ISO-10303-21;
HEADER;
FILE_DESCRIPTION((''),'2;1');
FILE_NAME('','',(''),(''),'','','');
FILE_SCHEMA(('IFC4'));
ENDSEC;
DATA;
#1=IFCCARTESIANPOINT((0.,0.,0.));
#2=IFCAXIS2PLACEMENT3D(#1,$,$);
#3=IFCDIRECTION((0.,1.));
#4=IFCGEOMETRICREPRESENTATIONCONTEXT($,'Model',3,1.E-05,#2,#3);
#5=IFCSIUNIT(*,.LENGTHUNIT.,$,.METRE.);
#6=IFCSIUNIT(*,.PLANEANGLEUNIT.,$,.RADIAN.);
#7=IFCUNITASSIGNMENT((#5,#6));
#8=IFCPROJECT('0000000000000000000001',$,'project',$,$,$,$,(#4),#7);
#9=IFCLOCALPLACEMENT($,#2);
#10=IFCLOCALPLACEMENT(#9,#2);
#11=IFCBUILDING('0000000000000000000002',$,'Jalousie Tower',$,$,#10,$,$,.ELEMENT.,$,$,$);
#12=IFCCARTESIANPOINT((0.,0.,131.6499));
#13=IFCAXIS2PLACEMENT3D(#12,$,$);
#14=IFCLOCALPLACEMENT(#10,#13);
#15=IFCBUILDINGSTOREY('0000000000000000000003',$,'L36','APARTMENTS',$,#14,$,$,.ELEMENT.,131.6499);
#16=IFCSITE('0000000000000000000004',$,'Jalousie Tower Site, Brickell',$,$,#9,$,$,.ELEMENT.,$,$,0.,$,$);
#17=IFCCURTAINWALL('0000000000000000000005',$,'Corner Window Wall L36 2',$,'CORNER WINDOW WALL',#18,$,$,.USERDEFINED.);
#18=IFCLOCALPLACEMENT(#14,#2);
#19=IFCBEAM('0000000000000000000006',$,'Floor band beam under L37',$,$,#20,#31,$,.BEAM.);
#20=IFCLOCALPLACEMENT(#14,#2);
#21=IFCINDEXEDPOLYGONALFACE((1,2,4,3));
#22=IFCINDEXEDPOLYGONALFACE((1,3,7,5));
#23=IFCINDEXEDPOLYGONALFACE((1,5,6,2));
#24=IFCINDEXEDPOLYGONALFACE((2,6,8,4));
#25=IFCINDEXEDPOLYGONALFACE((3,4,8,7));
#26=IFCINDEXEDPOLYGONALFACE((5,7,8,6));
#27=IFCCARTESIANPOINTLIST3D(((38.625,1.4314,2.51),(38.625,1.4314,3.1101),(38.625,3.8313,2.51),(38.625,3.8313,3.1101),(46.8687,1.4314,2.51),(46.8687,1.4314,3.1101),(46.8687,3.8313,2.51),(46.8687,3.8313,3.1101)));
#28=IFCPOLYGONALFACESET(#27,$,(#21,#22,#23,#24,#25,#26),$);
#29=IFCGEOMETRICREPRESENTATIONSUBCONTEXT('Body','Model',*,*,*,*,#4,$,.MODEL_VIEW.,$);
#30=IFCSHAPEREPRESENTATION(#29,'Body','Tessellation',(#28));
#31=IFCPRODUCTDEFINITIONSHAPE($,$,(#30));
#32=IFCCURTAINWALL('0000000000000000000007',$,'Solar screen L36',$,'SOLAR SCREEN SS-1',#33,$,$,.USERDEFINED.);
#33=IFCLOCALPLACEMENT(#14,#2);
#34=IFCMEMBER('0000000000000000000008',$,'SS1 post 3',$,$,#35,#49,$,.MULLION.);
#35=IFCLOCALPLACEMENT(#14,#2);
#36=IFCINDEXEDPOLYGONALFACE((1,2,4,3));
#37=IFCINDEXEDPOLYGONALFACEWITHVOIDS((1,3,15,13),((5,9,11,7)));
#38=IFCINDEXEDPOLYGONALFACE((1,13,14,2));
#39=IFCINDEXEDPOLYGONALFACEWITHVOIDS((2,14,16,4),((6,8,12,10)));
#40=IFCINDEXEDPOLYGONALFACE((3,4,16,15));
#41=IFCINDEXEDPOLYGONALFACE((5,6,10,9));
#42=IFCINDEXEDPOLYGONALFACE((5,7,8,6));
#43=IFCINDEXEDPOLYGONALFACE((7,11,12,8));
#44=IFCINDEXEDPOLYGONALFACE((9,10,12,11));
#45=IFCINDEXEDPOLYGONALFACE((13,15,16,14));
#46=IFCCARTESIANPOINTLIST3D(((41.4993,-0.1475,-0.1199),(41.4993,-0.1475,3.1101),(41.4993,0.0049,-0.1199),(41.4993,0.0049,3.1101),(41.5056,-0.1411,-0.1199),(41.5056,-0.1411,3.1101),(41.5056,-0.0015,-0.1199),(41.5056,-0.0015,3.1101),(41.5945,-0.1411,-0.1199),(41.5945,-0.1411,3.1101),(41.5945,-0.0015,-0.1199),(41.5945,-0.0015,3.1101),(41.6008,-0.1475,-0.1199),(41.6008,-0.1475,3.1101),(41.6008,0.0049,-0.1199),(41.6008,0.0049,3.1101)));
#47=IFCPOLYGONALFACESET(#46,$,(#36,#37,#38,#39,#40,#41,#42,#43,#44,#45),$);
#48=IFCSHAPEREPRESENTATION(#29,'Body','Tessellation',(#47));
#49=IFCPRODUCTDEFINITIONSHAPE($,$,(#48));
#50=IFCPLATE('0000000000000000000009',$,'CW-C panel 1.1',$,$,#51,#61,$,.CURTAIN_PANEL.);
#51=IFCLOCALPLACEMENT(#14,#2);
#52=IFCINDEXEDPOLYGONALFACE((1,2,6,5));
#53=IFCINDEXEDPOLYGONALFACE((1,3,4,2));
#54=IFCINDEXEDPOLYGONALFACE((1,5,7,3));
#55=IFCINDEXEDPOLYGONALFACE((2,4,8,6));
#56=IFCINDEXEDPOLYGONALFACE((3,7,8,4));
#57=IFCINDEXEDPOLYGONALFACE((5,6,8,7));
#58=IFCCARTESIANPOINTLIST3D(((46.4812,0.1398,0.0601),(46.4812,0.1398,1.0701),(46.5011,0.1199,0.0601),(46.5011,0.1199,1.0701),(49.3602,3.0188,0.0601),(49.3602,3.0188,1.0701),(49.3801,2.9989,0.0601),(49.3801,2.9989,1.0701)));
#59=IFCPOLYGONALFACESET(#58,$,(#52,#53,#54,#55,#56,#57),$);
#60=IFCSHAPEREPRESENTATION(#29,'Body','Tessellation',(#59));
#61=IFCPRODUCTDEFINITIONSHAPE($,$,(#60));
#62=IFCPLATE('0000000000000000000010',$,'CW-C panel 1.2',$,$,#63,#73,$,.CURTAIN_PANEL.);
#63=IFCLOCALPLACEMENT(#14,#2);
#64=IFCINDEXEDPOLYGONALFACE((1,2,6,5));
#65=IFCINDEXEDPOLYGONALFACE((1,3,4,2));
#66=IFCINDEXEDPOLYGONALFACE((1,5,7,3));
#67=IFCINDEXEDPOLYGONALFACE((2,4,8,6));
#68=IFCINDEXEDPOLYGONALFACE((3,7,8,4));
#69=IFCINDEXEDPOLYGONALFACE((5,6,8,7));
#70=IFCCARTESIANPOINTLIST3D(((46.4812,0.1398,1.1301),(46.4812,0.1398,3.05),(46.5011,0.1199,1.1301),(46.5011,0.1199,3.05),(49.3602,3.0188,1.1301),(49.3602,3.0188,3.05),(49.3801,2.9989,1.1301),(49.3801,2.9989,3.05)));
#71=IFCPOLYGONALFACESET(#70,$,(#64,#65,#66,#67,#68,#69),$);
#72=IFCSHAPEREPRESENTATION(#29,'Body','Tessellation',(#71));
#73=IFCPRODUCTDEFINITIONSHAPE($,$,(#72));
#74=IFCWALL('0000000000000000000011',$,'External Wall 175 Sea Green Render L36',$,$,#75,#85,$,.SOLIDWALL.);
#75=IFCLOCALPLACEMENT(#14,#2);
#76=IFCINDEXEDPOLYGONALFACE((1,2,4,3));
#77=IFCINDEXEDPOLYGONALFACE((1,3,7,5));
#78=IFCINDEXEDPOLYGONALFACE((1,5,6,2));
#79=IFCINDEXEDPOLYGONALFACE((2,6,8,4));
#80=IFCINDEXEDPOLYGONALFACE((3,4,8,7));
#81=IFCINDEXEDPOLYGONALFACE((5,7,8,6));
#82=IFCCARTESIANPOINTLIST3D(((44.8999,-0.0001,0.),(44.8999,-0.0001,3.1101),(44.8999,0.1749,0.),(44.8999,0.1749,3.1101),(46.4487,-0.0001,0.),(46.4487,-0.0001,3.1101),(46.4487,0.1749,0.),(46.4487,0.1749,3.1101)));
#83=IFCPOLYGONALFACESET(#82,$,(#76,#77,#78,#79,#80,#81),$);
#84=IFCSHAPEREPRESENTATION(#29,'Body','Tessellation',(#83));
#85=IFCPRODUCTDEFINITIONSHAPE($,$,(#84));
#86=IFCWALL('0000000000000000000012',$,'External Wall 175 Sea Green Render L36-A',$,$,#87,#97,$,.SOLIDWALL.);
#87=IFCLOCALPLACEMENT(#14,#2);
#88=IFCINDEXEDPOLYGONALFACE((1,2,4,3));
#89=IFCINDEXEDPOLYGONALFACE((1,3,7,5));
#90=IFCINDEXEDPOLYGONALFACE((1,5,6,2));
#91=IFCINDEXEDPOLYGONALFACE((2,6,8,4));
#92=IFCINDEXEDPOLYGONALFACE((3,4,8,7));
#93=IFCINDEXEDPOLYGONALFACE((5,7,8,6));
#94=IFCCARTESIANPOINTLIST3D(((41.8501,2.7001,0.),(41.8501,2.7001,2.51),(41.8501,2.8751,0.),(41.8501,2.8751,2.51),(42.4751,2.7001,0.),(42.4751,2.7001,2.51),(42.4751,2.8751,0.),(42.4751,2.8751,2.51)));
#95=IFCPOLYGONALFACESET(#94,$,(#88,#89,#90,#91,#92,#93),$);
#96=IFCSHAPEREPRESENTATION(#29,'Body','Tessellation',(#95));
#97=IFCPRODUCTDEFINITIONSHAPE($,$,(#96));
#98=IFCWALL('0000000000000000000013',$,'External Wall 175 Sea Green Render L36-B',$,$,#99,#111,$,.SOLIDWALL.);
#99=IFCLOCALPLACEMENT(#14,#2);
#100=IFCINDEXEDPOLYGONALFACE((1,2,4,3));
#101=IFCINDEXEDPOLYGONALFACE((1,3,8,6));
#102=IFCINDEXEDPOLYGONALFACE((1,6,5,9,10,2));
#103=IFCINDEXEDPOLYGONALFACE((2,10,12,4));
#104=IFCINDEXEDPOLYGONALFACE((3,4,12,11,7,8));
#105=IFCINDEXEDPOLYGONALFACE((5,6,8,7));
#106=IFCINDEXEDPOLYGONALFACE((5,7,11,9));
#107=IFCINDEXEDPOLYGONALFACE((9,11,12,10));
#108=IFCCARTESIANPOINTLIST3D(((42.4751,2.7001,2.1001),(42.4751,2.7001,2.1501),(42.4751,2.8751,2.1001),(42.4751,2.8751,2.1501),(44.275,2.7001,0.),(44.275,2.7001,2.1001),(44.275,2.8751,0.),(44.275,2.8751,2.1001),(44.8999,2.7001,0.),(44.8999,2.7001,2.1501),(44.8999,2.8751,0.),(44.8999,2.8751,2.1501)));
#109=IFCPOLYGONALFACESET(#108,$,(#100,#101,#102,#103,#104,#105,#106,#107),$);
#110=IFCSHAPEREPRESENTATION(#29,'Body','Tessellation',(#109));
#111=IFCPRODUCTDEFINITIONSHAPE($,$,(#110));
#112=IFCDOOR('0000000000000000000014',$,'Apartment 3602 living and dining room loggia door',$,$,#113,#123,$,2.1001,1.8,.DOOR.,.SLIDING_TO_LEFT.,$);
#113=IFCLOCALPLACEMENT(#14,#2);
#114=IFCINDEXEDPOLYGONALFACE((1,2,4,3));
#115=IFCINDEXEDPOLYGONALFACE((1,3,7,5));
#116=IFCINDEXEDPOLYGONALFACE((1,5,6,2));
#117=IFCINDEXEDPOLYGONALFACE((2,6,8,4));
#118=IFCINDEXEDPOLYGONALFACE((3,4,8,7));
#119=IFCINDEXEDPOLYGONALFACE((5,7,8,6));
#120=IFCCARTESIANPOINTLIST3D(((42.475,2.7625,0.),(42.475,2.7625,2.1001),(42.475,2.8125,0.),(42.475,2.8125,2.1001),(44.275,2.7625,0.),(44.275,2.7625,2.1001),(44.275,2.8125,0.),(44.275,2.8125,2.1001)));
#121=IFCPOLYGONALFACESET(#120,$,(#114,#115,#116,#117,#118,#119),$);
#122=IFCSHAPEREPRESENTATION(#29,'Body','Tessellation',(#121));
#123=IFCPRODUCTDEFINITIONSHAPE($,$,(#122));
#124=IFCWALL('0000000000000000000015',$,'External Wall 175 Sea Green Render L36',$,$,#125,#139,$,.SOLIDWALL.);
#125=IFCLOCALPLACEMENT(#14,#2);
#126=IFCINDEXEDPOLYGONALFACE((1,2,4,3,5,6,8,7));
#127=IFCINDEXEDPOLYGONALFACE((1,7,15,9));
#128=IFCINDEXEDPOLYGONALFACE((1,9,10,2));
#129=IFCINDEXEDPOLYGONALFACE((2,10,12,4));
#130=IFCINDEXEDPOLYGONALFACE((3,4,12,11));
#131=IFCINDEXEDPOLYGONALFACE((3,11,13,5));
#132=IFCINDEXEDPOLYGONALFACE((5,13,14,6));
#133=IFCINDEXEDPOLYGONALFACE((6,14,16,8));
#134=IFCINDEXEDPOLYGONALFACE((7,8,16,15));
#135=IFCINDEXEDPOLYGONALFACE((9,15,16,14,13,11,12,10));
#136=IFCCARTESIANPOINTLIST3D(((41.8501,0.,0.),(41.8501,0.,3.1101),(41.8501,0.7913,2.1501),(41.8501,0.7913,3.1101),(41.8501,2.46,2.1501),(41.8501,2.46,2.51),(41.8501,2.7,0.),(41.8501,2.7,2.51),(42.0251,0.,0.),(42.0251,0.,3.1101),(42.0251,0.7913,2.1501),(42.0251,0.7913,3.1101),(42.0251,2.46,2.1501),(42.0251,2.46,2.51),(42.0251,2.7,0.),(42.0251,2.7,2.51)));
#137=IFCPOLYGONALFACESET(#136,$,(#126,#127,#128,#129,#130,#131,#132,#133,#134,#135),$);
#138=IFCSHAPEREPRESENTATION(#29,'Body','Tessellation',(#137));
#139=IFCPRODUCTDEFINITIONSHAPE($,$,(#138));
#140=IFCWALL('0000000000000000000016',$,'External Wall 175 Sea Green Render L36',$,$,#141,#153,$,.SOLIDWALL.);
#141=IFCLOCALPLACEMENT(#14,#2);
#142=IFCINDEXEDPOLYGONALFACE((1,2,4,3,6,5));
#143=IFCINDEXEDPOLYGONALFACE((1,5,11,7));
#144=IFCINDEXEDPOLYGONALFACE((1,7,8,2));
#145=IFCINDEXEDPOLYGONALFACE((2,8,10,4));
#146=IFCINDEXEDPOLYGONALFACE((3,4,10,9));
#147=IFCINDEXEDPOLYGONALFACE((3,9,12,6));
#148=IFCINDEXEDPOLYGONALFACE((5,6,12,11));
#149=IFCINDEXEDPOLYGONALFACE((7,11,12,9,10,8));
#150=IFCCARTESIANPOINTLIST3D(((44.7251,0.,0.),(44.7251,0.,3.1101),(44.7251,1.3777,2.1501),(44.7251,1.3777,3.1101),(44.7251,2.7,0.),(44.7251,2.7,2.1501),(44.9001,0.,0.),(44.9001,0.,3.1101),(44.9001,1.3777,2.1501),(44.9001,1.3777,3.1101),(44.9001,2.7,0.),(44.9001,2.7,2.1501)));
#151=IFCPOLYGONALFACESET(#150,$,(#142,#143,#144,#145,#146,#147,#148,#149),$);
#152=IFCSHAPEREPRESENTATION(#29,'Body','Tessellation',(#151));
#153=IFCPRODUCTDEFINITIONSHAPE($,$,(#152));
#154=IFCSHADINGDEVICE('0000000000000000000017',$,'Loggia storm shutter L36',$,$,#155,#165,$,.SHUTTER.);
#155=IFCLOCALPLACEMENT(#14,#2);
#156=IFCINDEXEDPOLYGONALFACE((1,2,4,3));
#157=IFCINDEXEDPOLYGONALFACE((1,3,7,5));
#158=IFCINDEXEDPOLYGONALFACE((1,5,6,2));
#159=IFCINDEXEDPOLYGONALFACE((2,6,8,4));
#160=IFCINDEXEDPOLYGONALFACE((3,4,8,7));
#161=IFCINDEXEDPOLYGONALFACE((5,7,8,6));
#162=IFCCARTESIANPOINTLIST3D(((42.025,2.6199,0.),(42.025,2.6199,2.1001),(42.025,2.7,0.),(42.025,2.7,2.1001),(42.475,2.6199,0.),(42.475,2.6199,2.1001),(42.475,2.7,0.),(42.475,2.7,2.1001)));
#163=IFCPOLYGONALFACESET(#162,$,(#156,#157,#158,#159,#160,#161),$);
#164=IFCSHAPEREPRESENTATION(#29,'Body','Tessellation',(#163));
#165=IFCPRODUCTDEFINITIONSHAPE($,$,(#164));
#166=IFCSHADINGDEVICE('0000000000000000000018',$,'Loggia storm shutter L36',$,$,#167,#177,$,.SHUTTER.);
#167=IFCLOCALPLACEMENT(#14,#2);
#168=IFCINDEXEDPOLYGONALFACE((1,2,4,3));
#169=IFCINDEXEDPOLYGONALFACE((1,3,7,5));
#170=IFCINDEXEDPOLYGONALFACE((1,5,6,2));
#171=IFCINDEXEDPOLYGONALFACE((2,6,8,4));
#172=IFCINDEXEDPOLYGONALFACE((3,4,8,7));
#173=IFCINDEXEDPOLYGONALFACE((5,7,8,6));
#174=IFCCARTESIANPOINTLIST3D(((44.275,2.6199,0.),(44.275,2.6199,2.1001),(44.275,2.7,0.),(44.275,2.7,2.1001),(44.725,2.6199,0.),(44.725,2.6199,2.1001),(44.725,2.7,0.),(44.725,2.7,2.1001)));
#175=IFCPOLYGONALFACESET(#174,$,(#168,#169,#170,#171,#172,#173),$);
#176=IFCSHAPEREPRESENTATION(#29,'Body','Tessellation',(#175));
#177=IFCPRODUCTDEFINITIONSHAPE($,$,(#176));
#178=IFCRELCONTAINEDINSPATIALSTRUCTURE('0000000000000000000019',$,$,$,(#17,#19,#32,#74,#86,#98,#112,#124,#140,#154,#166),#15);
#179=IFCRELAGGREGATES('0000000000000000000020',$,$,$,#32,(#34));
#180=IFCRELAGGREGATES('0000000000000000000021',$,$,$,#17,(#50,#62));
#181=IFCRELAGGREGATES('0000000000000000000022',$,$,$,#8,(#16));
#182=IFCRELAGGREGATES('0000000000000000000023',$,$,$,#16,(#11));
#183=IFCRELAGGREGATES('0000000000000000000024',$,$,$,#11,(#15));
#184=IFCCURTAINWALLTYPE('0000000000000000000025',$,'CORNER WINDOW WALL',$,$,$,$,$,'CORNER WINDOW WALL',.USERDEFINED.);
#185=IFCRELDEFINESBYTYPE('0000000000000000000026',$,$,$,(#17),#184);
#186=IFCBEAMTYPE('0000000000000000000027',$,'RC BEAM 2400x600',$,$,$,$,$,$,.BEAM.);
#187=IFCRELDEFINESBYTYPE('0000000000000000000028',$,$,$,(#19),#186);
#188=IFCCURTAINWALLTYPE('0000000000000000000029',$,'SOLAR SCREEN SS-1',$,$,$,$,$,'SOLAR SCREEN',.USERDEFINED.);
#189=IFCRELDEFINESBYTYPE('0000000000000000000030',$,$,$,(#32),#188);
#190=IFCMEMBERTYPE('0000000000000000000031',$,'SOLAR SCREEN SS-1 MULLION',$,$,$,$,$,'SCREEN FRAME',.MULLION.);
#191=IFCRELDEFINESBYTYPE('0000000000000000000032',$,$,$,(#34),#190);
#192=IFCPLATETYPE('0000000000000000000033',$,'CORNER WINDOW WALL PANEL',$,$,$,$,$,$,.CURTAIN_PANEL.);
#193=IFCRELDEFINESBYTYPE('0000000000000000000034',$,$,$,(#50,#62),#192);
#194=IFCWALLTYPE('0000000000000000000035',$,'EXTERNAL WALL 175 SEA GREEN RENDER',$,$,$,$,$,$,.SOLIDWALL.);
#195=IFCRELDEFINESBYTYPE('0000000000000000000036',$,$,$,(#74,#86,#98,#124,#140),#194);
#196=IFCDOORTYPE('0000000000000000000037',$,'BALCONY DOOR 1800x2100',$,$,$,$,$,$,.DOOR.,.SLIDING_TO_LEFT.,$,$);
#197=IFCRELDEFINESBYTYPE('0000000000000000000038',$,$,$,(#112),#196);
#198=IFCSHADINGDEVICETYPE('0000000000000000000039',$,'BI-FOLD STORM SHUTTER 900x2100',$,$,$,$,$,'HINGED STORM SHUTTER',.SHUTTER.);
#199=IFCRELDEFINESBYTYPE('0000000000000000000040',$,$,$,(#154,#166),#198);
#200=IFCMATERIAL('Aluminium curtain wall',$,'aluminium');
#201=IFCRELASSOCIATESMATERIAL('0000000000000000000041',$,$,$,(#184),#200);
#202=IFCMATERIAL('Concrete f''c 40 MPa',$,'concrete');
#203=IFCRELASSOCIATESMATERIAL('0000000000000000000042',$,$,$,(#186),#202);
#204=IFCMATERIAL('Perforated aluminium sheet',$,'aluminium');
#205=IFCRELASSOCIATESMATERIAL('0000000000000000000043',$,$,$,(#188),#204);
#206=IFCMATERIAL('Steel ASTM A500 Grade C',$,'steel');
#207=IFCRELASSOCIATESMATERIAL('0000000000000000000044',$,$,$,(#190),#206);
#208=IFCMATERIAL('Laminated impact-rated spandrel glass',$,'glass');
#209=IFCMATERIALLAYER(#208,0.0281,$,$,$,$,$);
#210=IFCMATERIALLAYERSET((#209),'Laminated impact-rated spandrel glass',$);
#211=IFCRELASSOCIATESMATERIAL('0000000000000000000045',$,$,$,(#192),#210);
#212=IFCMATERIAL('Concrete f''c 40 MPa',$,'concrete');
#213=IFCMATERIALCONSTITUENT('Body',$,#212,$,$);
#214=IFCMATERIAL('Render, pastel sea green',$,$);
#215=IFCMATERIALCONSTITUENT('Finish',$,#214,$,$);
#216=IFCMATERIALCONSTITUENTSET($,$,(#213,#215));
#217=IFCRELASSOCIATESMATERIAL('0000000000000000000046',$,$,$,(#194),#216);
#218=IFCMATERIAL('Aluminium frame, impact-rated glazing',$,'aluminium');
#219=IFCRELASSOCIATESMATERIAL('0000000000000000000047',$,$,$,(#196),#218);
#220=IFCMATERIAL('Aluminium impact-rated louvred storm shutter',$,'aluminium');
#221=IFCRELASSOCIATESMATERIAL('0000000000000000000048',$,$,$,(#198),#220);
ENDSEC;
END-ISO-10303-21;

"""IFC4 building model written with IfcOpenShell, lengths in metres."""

from ifc_helpers import new_model, si_unit, direction, frame, frame_2d, origin, origin_2d, place, context, subcontext, project, spatial, polyline, rectangle, hollow_rectangle, outline, extrude, material, layer, layer_set, constituent, constituent_set, material_profile, profile_set, type_object, element, fill, aggregate, save


model = new_model("IFC4")

# Units and contexts
model_context = context("Model", 3, precision=1e-05, world=origin(), true_north=direction((0.0, 1.0)))
body_context = subcontext(model_context, "Body", "Model", "MODEL_VIEW")
ifc_project = project(units=[si_unit("LENGTHUNIT", "METRE"), si_unit("PLANEANGLEUNIT", "RADIAN")], contexts=[model_context])

# Site, building, storey
site_placement = place(None, origin())
site = spatial("IfcSite", under=ifc_project, at=site_placement, Name="Jalousie Tower Site, Brickell", CompositionType="ELEMENT", RefElevation=0.0)
building_placement = place(site_placement, origin())
building = spatial("IfcBuilding", under=site, at=building_placement, Name="Jalousie Tower", CompositionType="ELEMENT")
storey_placement = place(building_placement, frame((0.0, 0.0, 131.6499)))
storey = spatial("IfcBuildingStorey", under=building, at=storey_placement, Name="L36", Description="APARTMENTS", CompositionType="ELEMENT", Elevation=131.6499)

# Curtain wall
ifc_material_1 = material(Name="Aluminium curtain wall", Category="aluminium")
curtain_wall_type_1 = type_object("IfcCurtainWallType", Name="CORNER WINDOW WALL", ElementType="CORNER WINDOW WALL", PredefinedType="USERDEFINED", material=ifc_material_1)
curtain_wall_1_placement = place(storey_placement, origin())
curtain_wall_1 = element("IfcCurtainWall", 1, at=curtain_wall_1_placement, inside=storey, type_object=curtain_wall_type_1, Name="Corner Window Wall L36 2", ObjectType="CORNER WINDOW WALL", PredefinedType="USERDEFINED")

# Beam
ifc_material_2 = material(Name="Concrete f'c 40 MPa", Category="concrete")
ifc_material_profile_1 = material_profile(ifc_material_2, rectangle(XDim=2.3999, YDim=0.6001, at=origin_2d()), Name="RC 2400x600")
ifc_profile_set_1 = profile_set([ifc_material_profile_1], Name="Concrete f'c 40 MPa")
beam_type_1 = type_object("IfcBeamType", Name="RC BEAM 2400x600", PredefinedType="BEAM", material=ifc_profile_set_1)
beam_1_placement = place(storey_placement, frame((46.8687, 2.6313, 2.8101), z_axis=(-1.0, 0.0, 0.0), x_axis=(0.0, -1.0, 0.0)))
element("IfcBeam", 2, at=beam_1_placement, inside=storey, type_object=beam_type_1, Name="Floor band beam under L37", PredefinedType="BEAM", context=body_context, shape_type="SweptSolid", body=[
    extrude(rectangle(XDim=2.3999, YDim=0.6001, at=origin_2d()), origin(), (0.0, 0.0, 1.0), 8.2437),
])

# Curtain wall, member
ifc_material_3 = material(Name="Perforated aluminium sheet", Category="aluminium")
curtain_wall_type_2 = type_object("IfcCurtainWallType", Name="SOLAR SCREEN SS-1", ElementType="SOLAR SCREEN", PredefinedType="USERDEFINED", material=ifc_material_3)
curtain_wall_2_placement = place(storey_placement, origin())
curtain_wall_2 = element("IfcCurtainWall", 3, at=curtain_wall_2_placement, inside=storey, type_object=curtain_wall_type_2, Name="Solar screen L36", ObjectType="SOLAR SCREEN SS-1", PredefinedType="USERDEFINED")
ifc_material_4 = material(Name="Steel ASTM A500 Grade C", Category="steel")
ifc_material_profile_2 = material_profile(ifc_material_4, hollow_rectangle(XDim=0.1016, YDim=0.1523, WallThickness=0.0063, at=origin_2d()), Name="HSS6X4X1/4")
ifc_profile_set_2 = profile_set([ifc_material_profile_2], Name="Steel ASTM A500 Grade C")
member_type_1 = type_object("IfcMemberType", Name="SOLAR SCREEN SS-1 MULLION", ElementType="SCREEN FRAME", PredefinedType="MULLION", material=ifc_profile_set_2)
member_1_placement = place(storey_placement, frame((41.55, -0.0713, -0.1199), z_axis=(0.0, 0.0, 1.0), x_axis=(1.0, 0.0, 0.0)))
member_1 = element("IfcMember", 4, at=member_1_placement, type_object=member_type_1, Name="SS1 post 3", PredefinedType="MULLION", context=body_context, shape_type="SweptSolid", body=[
    extrude(hollow_rectangle(XDim=0.1016, YDim=0.1523, WallThickness=0.0063, at=origin_2d()), origin(), (0.0, 0.0, 1.0), 3.23),
])
aggregate(curtain_wall_2, [member_1])

# Plates
ifc_material_5 = material(Name="Laminated impact-rated spandrel glass", Category="glass")
ifc_layer_1 = layer(ifc_material_5, 0.0281)
ifc_layer_set_1 = layer_set([ifc_layer_1], Name="Laminated impact-rated spandrel glass")
plate_type = type_object("IfcPlateType", Name="CORNER WINDOW WALL PANEL", PredefinedType="CURTAIN_PANEL", material=ifc_layer_set_1)
plate_1_placement = place(storey_placement, frame((47.9307, 1.5693, 0.0601), z_axis=(0.0, 0.0, 1.0), x_axis=(0.707107, 0.707107, 0.0)))
plate_1 = element("IfcPlate", 5, at=plate_1_placement, type_object=plate_type, Name="CW-C panel 1.1", PredefinedType="CURTAIN_PANEL", context=body_context, shape_type="SweptSolid", body=[
    extrude(rectangle(XDim=4.0715, YDim=0.0281, at=origin_2d()), origin(), (0.0, 0.0, 1.0), 1.01),
])
plate_2_placement = place(storey_placement, frame((47.9307, 1.5693, 1.1301), z_axis=(0.0, 0.0, 1.0), x_axis=(0.707107, 0.707107, 0.0)))
plate_2 = element("IfcPlate", 6, at=plate_2_placement, type_object=plate_type, Name="CW-C panel 1.2", PredefinedType="CURTAIN_PANEL", context=body_context, shape_type="SweptSolid", body=[
    extrude(rectangle(XDim=4.0715, YDim=0.0281, at=origin_2d()), origin(), (0.0, 0.0, 1.0), 1.9199),
])
aggregate(curtain_wall_1, [plate_1, plate_2])

# Walls
ifc_material_6 = material(Name="Concrete f'c 40 MPa", Category="concrete")
ifc_constituent_1 = constituent(ifc_material_6, Name="Body")
ifc_material_7 = material(Name="Render, pastel sea green")
ifc_constituent_2 = constituent(ifc_material_7, Name="Finish")
ifc_constituent_set = constituent_set(constituents=[ifc_constituent_1, ifc_constituent_2])
wall_type = type_object("IfcWallType", Name="EXTERNAL WALL 175 SEA GREEN RENDER", PredefinedType="SOLIDWALL", material=ifc_constituent_set)
wall_1_placement = place(storey_placement, frame((44.8999, 0.0874, 0.0), z_axis=(0.0, 0.0, 1.0), x_axis=(1.0, 0.0, 0.0)))
element("IfcWall", 7, at=wall_1_placement, inside=storey, type_object=wall_type, Name="External Wall 175 Sea Green Render L36", PredefinedType="SOLIDWALL", context=body_context, shape_type="SweptSolid", body=[
    extrude(rectangle(XDim=1.5488, YDim=0.175, at=frame_2d((0.7744, 0.0))), origin(), (0.0, 0.0, 1.0), 3.1101),
])
wall_2_placement = place(storey_placement, frame((41.8501, 2.7876, 0.0), z_axis=(0.0, 0.0, 1.0), x_axis=(1.0, 0.0, 0.0)))
element("IfcWall", 8, at=wall_2_placement, inside=storey, type_object=wall_type, Name="External Wall 175 Sea Green Render L36-A", PredefinedType="SOLIDWALL", context=body_context, shape_type="SweptSolid", body=[
    extrude(rectangle(XDim=0.625, YDim=0.175, at=frame_2d((0.3125, 0.0))), origin(), (0.0, 0.0, 1.0), 2.51),
])

# Wall, opening, door
wall_3_placement = place(storey_placement, frame((42.4751, 2.7876, 0.0), z_axis=(0.0, 0.0, 1.0), x_axis=(1.0, 0.0, 0.0)))
wall_3 = element("IfcWall", 9, at=wall_3_placement, inside=storey, type_object=wall_type, Name="External Wall 175 Sea Green Render L36-B", PredefinedType="SOLIDWALL", context=body_context, shape_type="SweptSolid", body=[
    extrude(rectangle(XDim=2.4248, YDim=0.175, at=frame_2d((1.2124, 0.0))), origin(), (0.0, 0.0, 1.0), 2.1501),
])
opening_placement = place(wall_3_placement, origin())
opening = element("IfcOpeningElement", 10, at=opening_placement, cuts=wall_3, PredefinedType="OPENING", context=body_context, shape_type="SweptSolid", body=[
    extrude(rectangle(XDim=1.8, YDim=2.1001, at=frame_2d((0.8999, 1.05))), frame((0.0, 0.0974, 0.0), z_axis=(0.0, -1.0, 0.0), x_axis=(1.0, 0.0, 0.0)), (0.0, 0.0, 1.0), 0.1951),
])
ifc_material_8 = material(Name="Aluminium frame, impact-rated glazing", Category="aluminium")
door_type = type_object("IfcDoorType", Name="BALCONY DOOR 1800x2100", OperationType="SLIDING_TO_LEFT", PredefinedType="DOOR", material=ifc_material_8)
door_placement = place(opening_placement, origin())
door = element("IfcDoor", 11, at=door_placement, inside=storey, type_object=door_type, Name="Apartment 3602 living and dining room loggia door", OperationType="SLIDING_TO_LEFT", OverallHeight=2.1001, OverallWidth=1.8, PredefinedType="DOOR", context=body_context, shape_type="SweptSolid", body=[
    extrude(rectangle(XDim=1.8, YDim=2.1001, at=frame_2d((0.8999, 1.05))), frame((0.0, 0.0249, 0.0), z_axis=(0.0, -1.0, 0.0), x_axis=(1.0, 0.0, 0.0)), (0.0, 0.0, 1.0), 0.05),
])
fill(opening, door)

# Walls
wall_4_placement = place(storey_placement, frame((41.9375, 0.0, 0.0), z_axis=(0.0, 0.0, 1.0), x_axis=(0.0, 1.0, 0.0)))
element("IfcWall", 12, at=wall_4_placement, inside=storey, type_object=wall_type, Name="External Wall 175 Sea Green Render L36", PredefinedType="SOLIDWALL", context=body_context, shape_type="SweptSolid", body=[
    extrude(outline(polyline([(0.0, 0.0), (2.7, 0.0), (2.7, 2.51), (2.46, 2.51), (2.46, 2.1501), (0.7913, 2.1501), (0.7913, 3.1101), (0.0, 3.1101), (0.0, 0.0)])), frame((0.0, 0.0874, 0.0), z_axis=(0.0, -1.0, 0.0), x_axis=(1.0, 0.0, 0.0)), (0.0, 0.0, 1.0), 0.175),
])
wall_5_placement = place(storey_placement, frame((44.8125, 0.0, 0.0), z_axis=(0.0, 0.0, 1.0), x_axis=(0.0, 1.0, 0.0)))
element("IfcWall", 13, at=wall_5_placement, inside=storey, type_object=wall_type, Name="External Wall 175 Sea Green Render L36", PredefinedType="SOLIDWALL", context=body_context, shape_type="SweptSolid", body=[
    extrude(outline(polyline([(0.0, 0.0), (2.7, 0.0), (2.7, 2.1501), (1.3777, 2.1501), (1.3777, 3.1101), (0.0, 3.1101), (0.0, 0.0)])), frame((0.0, 0.0874, 0.0), z_axis=(0.0, -1.0, 0.0), x_axis=(1.0, 0.0, 0.0)), (0.0, 0.0, 1.0), 0.175),
])

# Shading devices
ifc_material_9 = material(Name="Aluminium impact-rated louvred storm shutter", Category="aluminium")
shading_device_type_1 = type_object("IfcShadingDeviceType", Name="BI-FOLD STORM SHUTTER 900x2100", ElementType="HINGED STORM SHUTTER", PredefinedType="SHUTTER", material=ifc_material_9)
for number, where, z_axis, x_axis, name in (
    (14, (42.25, 2.6599, 0.0), (0.0, 0.0, 1.0), (1.0, 0.0, 0.0), "Loggia storm shutter L36"),
    (15, (44.5, 2.6599, 0.0), (0.0, 0.0, 1.0), (1.0, 0.0, 0.0), "Loggia storm shutter L36"),
):
    element("IfcShadingDevice", number, at=place(storey_placement, frame(where, z_axis=z_axis, x_axis=x_axis)), inside=storey, type_object=shading_device_type_1, Name=name, PredefinedType="SHUTTER", context=body_context, shape_type="SweptSolid", body=[
        extrude(rectangle(XDim=0.45, YDim=0.0801, at=origin_2d()), origin(), (0.0, 0.0, 1.0), 2.1001),
    ])

save(model, "model.ifc")
